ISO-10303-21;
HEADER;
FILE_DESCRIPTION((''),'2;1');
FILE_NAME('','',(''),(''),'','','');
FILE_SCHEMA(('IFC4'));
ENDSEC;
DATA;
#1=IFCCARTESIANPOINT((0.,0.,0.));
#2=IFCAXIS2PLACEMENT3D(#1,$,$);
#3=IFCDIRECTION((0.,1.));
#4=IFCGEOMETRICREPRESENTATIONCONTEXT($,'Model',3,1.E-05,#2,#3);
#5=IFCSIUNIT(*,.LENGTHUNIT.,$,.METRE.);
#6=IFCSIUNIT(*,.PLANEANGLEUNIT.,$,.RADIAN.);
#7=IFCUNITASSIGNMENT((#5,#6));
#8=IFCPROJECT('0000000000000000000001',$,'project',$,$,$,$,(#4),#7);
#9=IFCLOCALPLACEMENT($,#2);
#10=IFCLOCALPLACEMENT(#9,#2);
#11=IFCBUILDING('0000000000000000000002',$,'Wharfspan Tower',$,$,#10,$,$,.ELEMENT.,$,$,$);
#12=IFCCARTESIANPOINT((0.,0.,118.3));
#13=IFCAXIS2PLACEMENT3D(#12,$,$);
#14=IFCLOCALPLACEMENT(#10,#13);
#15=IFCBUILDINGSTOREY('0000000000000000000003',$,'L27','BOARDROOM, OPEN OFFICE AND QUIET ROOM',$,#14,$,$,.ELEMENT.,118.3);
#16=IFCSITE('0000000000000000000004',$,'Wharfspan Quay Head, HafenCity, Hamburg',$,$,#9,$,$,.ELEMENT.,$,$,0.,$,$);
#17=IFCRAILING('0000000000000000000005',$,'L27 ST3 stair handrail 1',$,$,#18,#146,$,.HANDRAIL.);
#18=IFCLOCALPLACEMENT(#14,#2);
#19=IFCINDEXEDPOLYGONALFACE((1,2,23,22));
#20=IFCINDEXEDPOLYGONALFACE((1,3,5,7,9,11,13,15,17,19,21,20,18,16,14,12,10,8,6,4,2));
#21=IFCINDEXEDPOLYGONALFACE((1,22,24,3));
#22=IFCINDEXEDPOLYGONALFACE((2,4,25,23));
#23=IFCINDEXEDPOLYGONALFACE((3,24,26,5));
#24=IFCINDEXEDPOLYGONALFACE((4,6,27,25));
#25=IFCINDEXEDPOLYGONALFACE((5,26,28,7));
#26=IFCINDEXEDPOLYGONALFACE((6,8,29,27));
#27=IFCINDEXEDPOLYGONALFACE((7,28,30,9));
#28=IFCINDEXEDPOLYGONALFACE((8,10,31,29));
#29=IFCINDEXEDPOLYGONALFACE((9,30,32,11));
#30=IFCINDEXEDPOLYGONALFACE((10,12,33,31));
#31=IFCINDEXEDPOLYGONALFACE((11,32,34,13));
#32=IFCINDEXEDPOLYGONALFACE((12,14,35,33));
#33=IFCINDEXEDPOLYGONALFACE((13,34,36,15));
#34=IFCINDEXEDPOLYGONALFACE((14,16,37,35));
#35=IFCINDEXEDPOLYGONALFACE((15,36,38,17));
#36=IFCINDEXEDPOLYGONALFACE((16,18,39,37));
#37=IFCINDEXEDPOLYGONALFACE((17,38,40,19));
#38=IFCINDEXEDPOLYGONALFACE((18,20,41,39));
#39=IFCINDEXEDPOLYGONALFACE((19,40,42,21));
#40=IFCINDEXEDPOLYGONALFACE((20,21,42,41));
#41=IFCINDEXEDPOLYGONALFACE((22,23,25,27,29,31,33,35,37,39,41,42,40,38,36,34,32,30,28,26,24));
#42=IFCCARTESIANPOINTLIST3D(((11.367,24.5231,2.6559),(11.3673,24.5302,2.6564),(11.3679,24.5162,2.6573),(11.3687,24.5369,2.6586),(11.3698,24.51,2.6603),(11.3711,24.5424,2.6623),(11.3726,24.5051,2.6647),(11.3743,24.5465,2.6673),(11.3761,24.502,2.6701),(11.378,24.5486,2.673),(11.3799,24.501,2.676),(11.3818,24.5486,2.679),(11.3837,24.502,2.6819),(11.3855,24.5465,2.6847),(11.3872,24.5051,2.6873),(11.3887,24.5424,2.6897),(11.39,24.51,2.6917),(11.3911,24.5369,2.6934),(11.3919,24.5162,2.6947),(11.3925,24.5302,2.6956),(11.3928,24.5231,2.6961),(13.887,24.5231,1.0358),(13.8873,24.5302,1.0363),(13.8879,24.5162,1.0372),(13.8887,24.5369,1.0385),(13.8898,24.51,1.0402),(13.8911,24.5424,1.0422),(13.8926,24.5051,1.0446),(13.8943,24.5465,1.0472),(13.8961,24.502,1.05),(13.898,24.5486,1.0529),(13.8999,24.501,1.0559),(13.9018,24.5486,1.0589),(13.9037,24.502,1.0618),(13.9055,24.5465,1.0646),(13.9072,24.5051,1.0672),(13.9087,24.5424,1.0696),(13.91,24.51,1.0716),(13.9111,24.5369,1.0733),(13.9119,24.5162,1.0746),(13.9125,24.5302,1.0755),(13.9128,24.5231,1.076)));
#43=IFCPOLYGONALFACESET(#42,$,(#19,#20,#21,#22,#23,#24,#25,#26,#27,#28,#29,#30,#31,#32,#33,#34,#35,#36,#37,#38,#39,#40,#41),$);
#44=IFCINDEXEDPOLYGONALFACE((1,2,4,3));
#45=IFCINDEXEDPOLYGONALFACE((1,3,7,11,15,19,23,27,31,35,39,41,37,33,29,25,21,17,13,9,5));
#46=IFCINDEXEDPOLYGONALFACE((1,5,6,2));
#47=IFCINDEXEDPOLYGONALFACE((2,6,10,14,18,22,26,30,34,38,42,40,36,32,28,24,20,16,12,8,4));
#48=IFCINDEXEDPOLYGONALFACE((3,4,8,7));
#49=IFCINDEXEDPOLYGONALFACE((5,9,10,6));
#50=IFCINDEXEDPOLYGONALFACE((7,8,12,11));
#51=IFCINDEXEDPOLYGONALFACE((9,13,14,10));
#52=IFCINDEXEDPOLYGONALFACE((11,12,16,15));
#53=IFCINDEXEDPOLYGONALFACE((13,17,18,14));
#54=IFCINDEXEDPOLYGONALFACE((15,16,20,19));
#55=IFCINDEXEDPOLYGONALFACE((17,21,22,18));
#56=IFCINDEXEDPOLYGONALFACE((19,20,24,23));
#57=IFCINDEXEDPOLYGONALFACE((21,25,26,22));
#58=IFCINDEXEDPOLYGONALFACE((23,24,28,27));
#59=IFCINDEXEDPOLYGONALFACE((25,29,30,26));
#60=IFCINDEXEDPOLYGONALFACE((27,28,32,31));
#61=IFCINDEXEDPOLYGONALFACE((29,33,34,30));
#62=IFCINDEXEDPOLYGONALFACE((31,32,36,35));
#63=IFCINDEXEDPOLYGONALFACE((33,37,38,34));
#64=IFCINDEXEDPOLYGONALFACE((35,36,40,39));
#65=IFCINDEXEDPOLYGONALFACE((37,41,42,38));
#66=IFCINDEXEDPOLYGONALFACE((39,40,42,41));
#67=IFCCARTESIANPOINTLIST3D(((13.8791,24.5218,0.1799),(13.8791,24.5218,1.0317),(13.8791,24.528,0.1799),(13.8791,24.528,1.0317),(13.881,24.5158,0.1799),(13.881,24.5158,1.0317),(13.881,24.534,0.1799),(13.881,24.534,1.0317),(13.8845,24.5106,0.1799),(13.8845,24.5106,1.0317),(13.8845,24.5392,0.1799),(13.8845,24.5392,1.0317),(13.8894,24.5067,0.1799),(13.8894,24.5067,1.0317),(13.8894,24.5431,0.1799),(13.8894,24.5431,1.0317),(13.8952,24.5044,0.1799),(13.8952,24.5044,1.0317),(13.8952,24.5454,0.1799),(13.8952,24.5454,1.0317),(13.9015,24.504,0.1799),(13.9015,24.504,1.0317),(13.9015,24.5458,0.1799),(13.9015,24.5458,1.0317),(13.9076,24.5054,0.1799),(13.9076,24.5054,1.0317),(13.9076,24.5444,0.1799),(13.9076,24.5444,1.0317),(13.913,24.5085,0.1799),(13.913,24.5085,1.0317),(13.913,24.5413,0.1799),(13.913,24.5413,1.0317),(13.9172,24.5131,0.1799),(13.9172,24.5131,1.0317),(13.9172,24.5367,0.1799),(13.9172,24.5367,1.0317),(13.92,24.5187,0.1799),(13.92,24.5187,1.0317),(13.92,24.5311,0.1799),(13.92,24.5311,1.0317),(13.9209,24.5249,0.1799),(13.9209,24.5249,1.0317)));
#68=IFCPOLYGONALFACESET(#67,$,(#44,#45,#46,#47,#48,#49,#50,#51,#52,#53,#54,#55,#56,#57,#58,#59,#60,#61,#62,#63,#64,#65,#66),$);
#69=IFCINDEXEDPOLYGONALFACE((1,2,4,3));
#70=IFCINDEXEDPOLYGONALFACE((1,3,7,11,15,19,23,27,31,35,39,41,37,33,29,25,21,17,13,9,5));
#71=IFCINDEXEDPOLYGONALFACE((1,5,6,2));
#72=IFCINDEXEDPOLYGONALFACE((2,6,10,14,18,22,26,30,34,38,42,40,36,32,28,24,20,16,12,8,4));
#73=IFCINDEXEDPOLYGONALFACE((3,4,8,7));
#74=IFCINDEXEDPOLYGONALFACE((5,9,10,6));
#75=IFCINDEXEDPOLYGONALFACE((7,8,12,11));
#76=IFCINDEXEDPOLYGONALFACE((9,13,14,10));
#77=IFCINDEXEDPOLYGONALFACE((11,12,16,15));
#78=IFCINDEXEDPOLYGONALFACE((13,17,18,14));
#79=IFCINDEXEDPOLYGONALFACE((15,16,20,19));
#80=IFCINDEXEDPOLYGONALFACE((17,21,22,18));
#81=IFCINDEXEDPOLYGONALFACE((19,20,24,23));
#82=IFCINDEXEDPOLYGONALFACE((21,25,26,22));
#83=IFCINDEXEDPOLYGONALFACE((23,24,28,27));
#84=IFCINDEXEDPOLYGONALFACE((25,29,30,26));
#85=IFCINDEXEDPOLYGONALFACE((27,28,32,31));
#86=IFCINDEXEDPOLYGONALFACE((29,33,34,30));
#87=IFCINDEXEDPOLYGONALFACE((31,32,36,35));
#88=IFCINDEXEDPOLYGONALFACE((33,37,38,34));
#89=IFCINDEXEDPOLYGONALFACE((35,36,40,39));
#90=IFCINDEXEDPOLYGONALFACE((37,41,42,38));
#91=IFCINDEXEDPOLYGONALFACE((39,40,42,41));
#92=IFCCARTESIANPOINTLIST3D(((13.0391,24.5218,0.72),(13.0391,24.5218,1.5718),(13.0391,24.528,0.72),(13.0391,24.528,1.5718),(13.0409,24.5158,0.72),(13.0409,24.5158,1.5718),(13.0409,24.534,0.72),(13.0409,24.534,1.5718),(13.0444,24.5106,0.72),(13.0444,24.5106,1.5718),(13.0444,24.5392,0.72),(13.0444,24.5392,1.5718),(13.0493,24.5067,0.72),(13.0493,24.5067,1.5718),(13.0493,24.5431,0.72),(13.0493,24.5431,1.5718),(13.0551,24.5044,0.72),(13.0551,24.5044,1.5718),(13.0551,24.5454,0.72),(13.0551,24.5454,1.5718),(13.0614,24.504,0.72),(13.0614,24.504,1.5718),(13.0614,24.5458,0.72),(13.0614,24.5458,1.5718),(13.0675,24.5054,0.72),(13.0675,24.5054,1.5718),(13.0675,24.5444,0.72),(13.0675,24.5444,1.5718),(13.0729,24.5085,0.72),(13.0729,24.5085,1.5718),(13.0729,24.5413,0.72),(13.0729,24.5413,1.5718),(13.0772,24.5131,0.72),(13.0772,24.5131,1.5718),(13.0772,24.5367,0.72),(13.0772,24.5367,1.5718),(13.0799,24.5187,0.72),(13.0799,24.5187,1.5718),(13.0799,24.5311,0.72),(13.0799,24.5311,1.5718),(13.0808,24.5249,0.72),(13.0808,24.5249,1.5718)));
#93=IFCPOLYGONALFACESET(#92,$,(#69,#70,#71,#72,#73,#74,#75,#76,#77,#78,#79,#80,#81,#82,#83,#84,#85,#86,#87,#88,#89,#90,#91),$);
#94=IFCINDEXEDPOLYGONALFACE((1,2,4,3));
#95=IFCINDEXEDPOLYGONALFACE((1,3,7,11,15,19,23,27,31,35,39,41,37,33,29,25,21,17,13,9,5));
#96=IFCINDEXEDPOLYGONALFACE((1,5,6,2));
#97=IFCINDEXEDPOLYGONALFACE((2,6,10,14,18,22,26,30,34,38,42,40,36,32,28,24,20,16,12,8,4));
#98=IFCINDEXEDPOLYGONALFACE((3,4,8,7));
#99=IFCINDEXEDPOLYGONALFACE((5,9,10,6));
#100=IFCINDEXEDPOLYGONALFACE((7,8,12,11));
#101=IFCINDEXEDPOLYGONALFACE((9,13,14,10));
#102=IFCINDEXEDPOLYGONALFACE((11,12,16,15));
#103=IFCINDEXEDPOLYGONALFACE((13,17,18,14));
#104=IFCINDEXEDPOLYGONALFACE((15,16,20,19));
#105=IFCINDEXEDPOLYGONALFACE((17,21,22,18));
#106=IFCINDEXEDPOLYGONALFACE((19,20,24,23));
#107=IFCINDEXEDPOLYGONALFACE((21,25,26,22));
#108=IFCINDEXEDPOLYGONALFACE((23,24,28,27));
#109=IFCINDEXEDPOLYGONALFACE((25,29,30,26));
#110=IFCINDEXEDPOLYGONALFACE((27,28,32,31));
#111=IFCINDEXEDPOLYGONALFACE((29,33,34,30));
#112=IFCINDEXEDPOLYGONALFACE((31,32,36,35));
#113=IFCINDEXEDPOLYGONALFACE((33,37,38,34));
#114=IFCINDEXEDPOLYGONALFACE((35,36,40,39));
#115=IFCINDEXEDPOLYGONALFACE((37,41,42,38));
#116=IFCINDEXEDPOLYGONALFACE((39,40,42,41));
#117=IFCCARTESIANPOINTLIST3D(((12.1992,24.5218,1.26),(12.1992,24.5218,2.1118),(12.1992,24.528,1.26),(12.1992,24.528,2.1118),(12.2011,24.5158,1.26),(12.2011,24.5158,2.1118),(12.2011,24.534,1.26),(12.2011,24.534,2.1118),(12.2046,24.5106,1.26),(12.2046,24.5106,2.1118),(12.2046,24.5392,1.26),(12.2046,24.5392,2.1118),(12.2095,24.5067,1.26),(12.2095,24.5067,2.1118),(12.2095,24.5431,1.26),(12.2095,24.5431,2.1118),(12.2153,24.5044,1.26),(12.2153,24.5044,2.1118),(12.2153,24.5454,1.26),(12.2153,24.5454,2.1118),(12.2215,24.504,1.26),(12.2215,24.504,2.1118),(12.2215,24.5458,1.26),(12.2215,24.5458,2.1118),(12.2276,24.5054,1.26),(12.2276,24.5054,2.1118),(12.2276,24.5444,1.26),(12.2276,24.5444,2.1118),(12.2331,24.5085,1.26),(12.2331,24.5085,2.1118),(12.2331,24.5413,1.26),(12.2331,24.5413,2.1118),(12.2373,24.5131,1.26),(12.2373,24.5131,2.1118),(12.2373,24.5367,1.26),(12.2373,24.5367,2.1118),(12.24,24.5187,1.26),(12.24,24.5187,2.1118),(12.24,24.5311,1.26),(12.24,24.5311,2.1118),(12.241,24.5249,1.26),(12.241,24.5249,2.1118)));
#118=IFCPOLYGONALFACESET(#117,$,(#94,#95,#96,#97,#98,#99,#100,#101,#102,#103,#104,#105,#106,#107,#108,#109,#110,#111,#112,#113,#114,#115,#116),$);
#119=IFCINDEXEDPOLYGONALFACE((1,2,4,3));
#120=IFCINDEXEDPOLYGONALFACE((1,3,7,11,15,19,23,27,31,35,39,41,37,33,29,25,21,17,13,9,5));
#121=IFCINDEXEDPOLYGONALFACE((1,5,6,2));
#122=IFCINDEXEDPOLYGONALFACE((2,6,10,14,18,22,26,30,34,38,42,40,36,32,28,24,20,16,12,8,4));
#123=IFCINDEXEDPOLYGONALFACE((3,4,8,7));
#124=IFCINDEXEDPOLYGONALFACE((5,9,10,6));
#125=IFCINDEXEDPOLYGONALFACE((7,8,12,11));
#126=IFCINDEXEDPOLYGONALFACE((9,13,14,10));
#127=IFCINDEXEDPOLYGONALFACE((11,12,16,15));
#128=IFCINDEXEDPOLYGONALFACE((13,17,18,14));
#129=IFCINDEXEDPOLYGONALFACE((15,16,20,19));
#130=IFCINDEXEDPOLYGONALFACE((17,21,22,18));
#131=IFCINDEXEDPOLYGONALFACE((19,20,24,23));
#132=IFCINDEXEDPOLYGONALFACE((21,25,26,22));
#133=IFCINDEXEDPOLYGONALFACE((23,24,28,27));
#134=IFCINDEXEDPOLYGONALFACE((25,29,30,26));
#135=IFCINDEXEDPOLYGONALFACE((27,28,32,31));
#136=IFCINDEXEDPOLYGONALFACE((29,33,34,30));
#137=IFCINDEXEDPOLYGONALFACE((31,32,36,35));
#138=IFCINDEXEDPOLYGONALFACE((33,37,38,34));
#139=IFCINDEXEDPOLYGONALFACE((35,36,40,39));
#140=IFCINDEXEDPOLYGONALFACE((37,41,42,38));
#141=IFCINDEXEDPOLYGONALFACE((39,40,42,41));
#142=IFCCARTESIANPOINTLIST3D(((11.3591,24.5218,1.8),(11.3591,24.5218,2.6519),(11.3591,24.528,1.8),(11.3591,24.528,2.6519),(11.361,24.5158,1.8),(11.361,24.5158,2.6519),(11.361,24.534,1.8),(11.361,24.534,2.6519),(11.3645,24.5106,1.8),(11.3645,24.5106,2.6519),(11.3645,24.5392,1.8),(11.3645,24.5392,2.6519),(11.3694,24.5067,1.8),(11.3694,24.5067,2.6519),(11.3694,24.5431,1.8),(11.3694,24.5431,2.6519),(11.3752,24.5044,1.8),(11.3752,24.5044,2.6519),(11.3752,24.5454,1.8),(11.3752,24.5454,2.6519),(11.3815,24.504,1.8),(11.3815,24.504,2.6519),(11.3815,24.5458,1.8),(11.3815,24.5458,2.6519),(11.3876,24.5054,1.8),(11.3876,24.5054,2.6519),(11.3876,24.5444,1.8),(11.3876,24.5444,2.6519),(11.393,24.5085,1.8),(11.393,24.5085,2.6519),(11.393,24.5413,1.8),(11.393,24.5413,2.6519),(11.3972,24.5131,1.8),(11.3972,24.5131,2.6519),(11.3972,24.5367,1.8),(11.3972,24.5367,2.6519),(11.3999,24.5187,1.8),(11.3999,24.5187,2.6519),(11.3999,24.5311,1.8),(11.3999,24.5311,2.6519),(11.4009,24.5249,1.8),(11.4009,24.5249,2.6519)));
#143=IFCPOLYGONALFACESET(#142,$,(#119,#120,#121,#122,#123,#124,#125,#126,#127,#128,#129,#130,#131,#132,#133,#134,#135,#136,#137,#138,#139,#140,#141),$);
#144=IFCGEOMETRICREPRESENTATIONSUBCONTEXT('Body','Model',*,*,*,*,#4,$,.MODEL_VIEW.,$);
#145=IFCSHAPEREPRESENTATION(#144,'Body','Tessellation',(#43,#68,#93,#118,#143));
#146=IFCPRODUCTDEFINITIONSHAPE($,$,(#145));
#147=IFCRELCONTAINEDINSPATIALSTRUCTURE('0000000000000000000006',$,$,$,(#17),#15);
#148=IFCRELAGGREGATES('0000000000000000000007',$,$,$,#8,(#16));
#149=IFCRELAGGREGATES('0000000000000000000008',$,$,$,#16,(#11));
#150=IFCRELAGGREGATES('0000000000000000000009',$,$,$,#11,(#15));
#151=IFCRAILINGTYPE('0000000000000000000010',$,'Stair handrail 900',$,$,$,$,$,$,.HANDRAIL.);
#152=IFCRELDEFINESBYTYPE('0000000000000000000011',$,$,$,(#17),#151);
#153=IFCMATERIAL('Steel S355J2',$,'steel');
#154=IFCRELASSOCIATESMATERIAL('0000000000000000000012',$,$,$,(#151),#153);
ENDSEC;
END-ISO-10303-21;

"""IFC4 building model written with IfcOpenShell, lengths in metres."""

from ifc_helpers import new_model, si_unit, direction, frame, origin, origin_2d, place, context, subcontext, project, spatial, circle, extrude, material, type_object, element, save


model = new_model("IFC4")

# Units and contexts
model_context = context("Model", 3, precision=1e-05, world=origin(), true_north=direction((0.0, 1.0)))
body_context = subcontext(model_context, "Body", "Model", "MODEL_VIEW")
ifc_project = project(units=[si_unit("LENGTHUNIT", "METRE"), si_unit("PLANEANGLEUNIT", "RADIAN")], contexts=[model_context])

# Site, building, storey
site_placement = place(None, origin())
site = spatial("IfcSite", under=ifc_project, at=site_placement, Name="Wharfspan Quay Head, HafenCity, Hamburg", CompositionType="ELEMENT", RefElevation=0.0)
building_placement = place(site_placement, origin())
building = spatial("IfcBuilding", under=site, at=building_placement, Name="Wharfspan Tower", CompositionType="ELEMENT")
storey_placement = place(building_placement, frame((0.0, 0.0, 118.3)))
storey = spatial("IfcBuildingStorey", under=building, at=storey_placement, Name="L27", Description="BOARDROOM, OPEN OFFICE AND QUIET ROOM", CompositionType="ELEMENT", Elevation=118.3)

# Shared definitions
ifc_material_1 = material(Name="Steel S355J2", Category="steel")

# Railing
railing_type_1 = type_object("IfcRailingType", Name="Stair handrail 900", PredefinedType="HANDRAIL", material=ifc_material_1)
railing_1_placement = place(storey_placement, frame((13.8999, 24.5249, 0.1799)))
element("IfcRailing", 1, at=railing_1_placement, inside=storey, type_object=railing_type_1, Name="L27 ST3 stair handrail 1", PredefinedType="HANDRAIL", context=body_context, shape_type="SweptSolid", body=[
    extrude(circle(Radius=0.0239, at=origin_2d()), frame((0.0, 0.0, 0.876), z_axis=(-0.841163, 0.0, 0.540782), x_axis=(0.0, -1.0, 0.0)), (0.0, 0.0, 1.0), 2.9958),
    extrude(circle(Radius=0.021, at=origin_2d()), origin(), (0.0, 0.0, 1.0), 0.8518),
    extrude(circle(Radius=0.021, at=origin_2d()), frame((-0.8401, 0.0, 0.54)), (0.0, 0.0, 1.0), 0.8518),
    extrude(circle(Radius=0.021, at=origin_2d()), frame((-1.6799, 0.0, 1.0801)), (0.0, 0.0, 1.0), 0.8518),
    extrude(circle(Radius=0.021, at=origin_2d()), frame((-2.52, 0.0, 1.6201)), (0.0, 0.0, 1.0), 0.8518),
])

save(model, "model.ifc")
